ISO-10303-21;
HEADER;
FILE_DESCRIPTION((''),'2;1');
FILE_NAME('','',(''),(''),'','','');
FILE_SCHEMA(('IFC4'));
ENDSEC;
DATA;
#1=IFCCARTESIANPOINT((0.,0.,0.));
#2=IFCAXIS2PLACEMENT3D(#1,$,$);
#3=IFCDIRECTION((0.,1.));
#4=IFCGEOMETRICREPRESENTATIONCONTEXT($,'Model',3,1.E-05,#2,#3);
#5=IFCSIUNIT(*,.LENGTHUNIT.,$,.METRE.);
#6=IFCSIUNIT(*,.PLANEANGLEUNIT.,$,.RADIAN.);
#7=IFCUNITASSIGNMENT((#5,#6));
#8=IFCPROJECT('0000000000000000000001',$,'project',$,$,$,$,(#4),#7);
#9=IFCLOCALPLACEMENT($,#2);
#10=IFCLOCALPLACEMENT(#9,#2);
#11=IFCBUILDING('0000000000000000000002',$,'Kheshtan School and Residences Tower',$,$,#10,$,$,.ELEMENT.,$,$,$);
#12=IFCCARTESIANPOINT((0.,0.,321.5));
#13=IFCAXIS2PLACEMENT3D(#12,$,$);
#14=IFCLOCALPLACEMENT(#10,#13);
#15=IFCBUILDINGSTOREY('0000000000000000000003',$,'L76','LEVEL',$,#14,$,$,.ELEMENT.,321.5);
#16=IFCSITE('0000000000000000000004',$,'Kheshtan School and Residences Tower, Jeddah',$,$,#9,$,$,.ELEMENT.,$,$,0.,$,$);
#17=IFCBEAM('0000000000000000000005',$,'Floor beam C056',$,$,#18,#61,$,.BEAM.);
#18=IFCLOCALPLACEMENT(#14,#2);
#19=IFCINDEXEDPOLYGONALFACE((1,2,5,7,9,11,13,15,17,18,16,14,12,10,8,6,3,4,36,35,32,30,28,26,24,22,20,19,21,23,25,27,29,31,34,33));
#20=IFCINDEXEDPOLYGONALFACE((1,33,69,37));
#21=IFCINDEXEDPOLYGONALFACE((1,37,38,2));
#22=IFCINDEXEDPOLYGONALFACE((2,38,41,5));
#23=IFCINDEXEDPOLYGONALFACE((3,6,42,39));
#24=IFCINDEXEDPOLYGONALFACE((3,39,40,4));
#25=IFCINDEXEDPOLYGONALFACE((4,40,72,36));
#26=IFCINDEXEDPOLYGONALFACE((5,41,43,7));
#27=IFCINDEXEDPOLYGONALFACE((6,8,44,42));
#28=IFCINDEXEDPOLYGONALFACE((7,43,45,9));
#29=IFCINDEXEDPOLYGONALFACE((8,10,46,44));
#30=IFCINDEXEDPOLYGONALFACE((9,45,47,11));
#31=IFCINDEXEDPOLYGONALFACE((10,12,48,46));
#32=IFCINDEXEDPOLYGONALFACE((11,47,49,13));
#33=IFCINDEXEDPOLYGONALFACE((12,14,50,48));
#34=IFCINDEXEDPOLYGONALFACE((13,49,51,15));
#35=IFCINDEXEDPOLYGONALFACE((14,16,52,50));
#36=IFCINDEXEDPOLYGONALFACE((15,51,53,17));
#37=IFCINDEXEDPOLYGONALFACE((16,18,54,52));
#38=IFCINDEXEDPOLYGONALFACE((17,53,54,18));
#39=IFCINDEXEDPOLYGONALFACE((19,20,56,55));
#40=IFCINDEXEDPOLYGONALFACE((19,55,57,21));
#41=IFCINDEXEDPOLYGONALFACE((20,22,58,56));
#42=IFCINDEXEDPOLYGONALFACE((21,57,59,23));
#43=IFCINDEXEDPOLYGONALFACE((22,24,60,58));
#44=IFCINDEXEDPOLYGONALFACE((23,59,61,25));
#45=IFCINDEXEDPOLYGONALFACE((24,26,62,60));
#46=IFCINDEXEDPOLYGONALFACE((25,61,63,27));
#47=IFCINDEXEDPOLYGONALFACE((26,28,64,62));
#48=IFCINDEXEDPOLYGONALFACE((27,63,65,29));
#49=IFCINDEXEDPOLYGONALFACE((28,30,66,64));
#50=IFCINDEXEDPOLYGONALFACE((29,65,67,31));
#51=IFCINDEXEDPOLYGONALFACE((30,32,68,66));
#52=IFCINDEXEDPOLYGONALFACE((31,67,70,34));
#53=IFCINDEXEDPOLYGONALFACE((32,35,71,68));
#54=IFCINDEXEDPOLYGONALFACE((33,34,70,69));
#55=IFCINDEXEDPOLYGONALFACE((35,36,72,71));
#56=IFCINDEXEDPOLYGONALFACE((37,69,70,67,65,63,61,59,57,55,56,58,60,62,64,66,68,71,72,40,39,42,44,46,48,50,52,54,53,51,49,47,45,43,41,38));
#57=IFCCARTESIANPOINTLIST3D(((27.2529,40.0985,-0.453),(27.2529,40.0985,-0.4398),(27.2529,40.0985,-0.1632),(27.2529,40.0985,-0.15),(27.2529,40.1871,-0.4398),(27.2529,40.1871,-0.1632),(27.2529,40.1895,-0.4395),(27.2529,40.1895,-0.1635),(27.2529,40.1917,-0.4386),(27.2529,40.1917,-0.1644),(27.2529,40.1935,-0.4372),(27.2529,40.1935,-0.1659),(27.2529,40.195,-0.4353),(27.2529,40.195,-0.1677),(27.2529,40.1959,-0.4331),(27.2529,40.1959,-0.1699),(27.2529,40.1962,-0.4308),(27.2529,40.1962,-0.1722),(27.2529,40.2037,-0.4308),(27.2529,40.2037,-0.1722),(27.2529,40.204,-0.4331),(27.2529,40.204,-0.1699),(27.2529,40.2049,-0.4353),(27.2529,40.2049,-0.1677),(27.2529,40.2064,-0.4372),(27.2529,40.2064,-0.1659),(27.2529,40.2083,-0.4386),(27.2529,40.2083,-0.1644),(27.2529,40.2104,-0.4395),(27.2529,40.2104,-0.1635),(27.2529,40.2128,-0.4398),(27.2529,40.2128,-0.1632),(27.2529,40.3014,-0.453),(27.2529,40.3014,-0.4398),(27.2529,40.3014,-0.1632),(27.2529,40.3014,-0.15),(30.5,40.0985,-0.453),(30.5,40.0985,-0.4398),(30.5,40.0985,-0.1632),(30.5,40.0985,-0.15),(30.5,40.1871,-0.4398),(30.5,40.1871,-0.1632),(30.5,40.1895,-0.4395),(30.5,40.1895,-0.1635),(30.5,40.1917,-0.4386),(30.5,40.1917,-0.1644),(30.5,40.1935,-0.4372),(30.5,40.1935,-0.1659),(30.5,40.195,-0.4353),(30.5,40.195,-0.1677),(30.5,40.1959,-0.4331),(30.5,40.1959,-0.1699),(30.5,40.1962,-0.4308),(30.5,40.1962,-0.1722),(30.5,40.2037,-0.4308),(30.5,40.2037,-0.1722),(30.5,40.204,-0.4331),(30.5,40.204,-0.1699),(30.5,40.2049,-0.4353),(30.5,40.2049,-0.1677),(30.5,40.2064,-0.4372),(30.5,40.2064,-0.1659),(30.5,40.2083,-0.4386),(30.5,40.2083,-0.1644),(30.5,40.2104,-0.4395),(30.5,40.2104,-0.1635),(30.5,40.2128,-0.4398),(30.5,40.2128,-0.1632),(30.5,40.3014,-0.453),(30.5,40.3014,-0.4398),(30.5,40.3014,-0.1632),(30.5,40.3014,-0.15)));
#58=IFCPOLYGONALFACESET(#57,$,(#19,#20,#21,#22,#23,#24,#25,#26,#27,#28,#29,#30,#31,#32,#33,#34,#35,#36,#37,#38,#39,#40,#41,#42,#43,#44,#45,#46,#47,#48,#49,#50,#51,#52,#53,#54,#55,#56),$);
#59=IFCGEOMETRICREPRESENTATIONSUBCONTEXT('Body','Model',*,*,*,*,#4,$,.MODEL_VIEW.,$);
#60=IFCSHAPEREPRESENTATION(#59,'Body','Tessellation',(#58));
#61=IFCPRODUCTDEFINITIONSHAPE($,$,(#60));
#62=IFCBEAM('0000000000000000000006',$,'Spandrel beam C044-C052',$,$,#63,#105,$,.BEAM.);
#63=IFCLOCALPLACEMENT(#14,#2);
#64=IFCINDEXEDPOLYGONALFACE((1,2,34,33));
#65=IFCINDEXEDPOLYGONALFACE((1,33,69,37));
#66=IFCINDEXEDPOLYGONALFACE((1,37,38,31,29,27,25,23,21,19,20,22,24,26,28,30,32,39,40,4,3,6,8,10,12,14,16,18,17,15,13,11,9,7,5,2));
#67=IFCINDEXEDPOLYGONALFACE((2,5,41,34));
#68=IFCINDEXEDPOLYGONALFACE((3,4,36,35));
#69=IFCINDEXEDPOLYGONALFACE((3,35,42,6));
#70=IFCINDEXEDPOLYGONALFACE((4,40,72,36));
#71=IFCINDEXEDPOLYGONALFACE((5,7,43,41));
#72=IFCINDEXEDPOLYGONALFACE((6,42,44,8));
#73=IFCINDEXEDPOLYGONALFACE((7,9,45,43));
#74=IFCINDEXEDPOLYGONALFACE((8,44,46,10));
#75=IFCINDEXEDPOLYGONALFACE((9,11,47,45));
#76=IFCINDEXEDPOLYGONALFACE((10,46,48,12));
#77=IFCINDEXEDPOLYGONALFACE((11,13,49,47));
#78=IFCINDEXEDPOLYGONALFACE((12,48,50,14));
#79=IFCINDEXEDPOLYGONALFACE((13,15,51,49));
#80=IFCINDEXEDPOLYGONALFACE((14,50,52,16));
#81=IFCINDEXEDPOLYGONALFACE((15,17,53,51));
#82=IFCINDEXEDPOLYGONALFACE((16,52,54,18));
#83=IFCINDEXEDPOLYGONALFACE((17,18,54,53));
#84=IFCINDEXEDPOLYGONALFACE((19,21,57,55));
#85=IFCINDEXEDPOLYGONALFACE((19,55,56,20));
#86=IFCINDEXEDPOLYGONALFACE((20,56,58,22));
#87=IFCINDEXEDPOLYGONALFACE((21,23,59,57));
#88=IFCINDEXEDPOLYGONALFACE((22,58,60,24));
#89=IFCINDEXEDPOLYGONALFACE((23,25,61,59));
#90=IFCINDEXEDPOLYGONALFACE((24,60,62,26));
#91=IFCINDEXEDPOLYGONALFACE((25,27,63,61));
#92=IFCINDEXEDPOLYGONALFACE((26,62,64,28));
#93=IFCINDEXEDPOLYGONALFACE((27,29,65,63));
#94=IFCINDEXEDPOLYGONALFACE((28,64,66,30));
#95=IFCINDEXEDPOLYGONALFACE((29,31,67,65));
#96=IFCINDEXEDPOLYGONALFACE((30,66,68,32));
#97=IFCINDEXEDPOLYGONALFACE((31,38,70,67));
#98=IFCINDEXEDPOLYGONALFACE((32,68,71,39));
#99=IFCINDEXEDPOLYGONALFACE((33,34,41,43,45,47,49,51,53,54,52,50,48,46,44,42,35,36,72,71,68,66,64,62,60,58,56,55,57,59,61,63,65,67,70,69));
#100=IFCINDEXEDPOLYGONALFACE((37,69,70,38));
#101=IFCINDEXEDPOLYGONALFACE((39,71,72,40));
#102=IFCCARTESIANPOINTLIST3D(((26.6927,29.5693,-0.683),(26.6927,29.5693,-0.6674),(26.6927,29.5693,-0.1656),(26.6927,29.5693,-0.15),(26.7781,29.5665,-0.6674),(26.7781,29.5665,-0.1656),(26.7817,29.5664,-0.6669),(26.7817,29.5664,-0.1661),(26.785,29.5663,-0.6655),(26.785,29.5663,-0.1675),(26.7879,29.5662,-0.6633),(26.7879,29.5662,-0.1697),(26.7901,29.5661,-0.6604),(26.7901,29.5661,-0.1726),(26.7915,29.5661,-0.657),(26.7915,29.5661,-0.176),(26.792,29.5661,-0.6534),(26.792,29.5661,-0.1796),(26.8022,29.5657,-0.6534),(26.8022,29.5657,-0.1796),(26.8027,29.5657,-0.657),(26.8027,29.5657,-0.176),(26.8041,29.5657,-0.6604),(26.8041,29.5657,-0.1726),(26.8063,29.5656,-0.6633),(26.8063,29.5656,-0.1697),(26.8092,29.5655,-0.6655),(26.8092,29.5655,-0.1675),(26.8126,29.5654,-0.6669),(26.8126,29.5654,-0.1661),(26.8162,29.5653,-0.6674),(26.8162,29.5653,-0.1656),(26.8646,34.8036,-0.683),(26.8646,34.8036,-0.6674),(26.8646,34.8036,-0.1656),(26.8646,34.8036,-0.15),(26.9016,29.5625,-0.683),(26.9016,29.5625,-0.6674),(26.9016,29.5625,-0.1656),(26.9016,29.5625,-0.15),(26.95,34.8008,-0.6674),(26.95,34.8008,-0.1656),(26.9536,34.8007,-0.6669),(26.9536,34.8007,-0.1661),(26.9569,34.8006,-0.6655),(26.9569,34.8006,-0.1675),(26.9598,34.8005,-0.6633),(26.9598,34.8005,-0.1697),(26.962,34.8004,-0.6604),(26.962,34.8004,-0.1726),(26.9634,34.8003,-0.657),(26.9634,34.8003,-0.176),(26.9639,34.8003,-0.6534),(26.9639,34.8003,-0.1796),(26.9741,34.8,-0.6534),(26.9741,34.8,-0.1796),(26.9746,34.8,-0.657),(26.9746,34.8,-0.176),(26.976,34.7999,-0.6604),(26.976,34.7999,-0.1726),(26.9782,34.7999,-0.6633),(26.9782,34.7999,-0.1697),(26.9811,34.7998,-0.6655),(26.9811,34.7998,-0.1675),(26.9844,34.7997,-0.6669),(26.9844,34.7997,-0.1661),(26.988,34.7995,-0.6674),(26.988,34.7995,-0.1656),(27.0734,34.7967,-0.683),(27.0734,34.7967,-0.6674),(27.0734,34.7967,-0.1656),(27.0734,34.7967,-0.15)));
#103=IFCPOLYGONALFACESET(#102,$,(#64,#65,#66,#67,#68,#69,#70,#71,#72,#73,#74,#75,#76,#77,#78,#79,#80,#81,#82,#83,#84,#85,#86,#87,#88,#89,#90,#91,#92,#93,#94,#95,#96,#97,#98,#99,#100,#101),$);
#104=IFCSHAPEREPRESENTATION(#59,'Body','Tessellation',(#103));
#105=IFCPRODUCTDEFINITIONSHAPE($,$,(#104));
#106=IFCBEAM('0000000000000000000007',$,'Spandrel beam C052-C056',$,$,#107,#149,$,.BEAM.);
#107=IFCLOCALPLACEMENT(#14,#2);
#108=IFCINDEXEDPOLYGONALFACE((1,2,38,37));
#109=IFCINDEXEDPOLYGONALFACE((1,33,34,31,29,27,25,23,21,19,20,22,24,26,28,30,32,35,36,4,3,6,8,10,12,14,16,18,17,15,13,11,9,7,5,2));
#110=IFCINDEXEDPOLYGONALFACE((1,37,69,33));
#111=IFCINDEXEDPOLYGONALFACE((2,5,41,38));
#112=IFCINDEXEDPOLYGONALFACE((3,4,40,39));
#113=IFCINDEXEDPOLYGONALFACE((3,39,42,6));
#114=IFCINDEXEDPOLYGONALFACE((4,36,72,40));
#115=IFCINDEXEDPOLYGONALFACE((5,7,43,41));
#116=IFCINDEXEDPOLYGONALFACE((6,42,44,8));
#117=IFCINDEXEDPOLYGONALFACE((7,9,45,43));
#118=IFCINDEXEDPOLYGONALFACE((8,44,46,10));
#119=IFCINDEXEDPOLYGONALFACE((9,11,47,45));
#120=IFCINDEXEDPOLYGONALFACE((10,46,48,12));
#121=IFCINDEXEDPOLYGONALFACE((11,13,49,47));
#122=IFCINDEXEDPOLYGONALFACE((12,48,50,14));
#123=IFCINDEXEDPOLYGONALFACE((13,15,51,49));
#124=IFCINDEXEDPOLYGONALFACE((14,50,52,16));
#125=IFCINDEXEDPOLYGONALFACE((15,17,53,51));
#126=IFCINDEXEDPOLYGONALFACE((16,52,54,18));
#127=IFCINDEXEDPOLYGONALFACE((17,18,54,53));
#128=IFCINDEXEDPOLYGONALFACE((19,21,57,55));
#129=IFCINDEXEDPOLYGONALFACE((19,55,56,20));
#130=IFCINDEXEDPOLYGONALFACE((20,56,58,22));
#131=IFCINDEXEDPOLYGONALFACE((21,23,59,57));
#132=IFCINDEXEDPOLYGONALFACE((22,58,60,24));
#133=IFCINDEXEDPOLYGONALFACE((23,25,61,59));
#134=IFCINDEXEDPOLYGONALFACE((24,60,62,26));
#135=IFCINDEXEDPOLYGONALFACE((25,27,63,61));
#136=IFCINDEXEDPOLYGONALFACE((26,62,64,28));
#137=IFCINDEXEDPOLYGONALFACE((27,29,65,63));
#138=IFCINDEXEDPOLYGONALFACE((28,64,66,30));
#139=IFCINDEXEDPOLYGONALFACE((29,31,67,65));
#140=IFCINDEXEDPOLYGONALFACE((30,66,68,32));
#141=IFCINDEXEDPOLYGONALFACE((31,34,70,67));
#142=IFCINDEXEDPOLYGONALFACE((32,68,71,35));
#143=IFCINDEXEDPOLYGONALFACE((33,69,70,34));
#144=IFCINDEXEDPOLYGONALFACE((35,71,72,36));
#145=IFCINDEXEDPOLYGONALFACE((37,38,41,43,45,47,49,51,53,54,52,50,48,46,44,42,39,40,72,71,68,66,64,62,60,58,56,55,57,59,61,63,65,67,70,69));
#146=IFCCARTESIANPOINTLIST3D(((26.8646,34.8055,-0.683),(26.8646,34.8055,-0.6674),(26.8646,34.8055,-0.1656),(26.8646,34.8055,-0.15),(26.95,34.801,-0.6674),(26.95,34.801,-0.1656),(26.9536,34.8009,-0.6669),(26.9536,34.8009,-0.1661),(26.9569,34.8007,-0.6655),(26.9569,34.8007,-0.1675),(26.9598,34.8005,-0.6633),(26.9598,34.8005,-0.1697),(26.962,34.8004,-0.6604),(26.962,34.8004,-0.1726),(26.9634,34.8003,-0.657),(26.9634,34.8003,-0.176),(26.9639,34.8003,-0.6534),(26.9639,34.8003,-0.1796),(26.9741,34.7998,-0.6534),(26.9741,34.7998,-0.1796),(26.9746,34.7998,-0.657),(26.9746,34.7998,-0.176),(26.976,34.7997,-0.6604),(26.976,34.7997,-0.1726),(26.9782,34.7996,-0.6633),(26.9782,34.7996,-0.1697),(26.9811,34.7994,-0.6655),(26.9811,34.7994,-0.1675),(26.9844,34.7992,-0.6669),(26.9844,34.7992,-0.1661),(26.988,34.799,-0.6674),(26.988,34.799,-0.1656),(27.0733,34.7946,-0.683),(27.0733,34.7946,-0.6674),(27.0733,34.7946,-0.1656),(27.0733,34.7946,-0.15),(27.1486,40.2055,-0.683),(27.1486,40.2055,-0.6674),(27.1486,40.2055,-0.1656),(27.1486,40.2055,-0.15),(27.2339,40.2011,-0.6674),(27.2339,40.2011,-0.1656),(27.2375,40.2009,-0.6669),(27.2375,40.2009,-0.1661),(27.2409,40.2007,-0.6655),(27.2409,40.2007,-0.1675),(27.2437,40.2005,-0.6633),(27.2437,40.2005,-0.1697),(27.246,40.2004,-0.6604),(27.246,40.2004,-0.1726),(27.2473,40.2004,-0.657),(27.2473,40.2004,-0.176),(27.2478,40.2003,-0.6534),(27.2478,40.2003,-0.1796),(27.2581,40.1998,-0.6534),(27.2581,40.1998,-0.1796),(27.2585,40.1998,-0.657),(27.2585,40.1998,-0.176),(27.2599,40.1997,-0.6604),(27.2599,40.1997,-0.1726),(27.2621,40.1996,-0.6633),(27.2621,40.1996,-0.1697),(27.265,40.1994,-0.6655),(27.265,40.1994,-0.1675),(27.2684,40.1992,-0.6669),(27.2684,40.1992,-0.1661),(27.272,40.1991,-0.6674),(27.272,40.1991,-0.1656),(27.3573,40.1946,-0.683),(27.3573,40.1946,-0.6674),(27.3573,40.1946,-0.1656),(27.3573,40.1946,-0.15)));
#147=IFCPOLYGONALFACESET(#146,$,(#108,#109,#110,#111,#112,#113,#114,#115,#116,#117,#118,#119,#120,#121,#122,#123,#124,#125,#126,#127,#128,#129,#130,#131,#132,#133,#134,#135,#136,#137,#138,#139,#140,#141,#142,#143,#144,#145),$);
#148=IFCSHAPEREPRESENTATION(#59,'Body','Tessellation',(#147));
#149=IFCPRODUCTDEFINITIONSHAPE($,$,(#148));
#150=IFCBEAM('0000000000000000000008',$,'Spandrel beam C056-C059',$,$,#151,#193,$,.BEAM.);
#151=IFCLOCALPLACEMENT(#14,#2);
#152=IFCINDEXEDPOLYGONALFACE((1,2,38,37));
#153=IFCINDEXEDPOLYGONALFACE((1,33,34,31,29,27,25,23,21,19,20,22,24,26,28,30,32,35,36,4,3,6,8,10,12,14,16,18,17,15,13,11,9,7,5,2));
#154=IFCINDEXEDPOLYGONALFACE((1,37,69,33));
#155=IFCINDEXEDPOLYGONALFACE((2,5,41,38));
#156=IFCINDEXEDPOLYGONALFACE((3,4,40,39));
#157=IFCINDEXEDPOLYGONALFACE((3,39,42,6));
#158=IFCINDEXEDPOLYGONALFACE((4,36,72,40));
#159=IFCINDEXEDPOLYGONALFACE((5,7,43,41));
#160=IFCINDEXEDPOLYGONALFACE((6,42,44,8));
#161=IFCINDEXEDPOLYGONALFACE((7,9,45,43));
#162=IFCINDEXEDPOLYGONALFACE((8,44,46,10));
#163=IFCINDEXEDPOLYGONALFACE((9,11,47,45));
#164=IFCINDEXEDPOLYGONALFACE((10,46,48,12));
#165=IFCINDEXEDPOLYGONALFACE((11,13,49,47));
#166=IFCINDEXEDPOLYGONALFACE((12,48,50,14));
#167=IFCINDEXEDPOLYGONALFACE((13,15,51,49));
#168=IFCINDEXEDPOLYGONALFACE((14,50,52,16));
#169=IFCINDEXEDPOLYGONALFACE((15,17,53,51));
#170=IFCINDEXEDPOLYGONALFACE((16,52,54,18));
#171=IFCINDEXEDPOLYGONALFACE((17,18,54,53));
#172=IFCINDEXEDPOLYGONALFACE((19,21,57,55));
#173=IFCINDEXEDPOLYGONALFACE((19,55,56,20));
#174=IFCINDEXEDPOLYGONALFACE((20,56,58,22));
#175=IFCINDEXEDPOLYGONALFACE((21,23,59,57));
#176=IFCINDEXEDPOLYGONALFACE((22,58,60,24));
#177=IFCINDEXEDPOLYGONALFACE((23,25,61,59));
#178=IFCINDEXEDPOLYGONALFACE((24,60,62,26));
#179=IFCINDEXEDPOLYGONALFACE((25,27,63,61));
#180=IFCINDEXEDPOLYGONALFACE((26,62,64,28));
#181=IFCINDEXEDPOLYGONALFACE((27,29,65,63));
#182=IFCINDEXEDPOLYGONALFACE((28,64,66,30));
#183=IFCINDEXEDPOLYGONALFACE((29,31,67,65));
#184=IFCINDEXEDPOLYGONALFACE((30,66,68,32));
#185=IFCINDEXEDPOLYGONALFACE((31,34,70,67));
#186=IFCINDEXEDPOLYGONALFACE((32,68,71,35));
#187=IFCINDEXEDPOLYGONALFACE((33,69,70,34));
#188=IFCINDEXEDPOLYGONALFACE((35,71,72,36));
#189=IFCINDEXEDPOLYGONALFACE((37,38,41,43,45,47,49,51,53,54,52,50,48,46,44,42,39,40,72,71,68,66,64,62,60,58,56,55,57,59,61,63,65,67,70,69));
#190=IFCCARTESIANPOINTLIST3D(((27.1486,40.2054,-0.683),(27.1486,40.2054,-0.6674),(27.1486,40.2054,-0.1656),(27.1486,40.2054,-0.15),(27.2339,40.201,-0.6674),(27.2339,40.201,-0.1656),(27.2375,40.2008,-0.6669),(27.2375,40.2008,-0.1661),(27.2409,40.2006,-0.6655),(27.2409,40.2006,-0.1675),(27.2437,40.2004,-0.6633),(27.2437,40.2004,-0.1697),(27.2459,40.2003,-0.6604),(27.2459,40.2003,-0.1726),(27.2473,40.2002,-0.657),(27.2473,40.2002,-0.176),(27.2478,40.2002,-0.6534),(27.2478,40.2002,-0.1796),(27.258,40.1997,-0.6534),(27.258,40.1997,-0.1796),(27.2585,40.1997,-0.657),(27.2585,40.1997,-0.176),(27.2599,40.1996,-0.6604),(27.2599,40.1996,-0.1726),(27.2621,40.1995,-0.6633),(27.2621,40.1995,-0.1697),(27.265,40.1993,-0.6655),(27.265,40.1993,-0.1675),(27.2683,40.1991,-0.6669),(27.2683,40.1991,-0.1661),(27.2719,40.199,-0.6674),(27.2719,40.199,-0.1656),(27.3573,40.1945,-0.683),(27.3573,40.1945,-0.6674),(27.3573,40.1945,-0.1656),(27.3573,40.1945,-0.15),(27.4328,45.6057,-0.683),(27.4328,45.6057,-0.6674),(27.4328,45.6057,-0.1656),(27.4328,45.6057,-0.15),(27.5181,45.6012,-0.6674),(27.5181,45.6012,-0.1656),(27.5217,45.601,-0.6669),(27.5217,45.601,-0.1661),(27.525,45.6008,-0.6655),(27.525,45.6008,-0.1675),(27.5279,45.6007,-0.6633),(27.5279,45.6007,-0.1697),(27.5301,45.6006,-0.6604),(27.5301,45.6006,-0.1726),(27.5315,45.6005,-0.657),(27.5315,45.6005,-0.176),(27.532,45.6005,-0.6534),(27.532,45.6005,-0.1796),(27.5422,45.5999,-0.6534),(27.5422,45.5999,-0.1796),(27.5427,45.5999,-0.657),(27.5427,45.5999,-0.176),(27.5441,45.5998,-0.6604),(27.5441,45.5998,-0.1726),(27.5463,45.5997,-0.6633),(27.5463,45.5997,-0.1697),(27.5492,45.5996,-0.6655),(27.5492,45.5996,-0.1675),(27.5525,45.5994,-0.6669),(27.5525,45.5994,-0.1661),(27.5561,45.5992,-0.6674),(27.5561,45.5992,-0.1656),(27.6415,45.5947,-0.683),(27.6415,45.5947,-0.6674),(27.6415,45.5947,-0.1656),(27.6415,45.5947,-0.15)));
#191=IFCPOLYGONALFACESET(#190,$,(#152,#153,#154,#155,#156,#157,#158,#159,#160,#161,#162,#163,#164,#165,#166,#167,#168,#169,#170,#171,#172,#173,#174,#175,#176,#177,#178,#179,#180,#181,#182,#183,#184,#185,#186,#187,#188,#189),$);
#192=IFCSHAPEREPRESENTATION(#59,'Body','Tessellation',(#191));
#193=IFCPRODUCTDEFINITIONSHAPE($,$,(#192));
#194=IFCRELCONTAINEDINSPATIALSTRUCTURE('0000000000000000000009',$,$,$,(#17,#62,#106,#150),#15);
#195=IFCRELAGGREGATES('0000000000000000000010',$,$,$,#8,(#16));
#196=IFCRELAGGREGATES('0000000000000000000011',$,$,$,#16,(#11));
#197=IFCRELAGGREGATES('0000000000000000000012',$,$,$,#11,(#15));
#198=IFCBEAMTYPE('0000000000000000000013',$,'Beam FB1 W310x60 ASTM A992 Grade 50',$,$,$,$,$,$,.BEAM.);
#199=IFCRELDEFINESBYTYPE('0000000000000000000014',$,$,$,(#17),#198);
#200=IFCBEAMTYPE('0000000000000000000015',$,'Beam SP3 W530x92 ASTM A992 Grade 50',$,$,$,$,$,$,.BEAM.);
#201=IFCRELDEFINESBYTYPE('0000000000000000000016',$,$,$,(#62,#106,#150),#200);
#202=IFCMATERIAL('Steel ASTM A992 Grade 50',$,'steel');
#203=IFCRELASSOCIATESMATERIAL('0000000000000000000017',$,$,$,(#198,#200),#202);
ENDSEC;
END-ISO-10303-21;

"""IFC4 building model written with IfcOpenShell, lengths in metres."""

from ifc_helpers import new_model, si_unit, direction, frame, origin, origin_2d, place, context, subcontext, project, spatial, i_section, extrude, material, material_profile, profile_set, type_object, element, save


model = new_model("IFC4")

# Units and contexts
model_context = context("Model", 3, precision=1e-05, world=origin(), true_north=direction((0.0, 1.0)))
body_context = subcontext(model_context, "Body", "Model", "MODEL_VIEW")
ifc_project = project(units=[si_unit("LENGTHUNIT", "METRE"), si_unit("PLANEANGLEUNIT", "RADIAN")], contexts=[model_context])

# Site, building, storey
site_placement = place(None, origin())
site = spatial("IfcSite", under=ifc_project, at=site_placement, Name="Kheshtan School and Residences Tower, Jeddah", CompositionType="ELEMENT", RefElevation=0.0)
building_placement = place(site_placement, origin())
building = spatial("IfcBuilding", under=site, at=building_placement, Name="Kheshtan School and Residences Tower", CompositionType="ELEMENT")
storey_placement = place(building_placement, frame((0.0, 0.0, 321.5)))
storey = spatial("IfcBuildingStorey", under=building, at=storey_placement, Name="L76", Description="LEVEL", CompositionType="ELEMENT", Elevation=321.5)

# Shared definitions
ifc_material_1 = material(Name="Steel ASTM A992 Grade 50", Category="steel")

# Beams
ifc_material_profile_1 = material_profile(ifc_material_1, i_section(OverallWidth=0.2029, OverallDepth=0.303, WebThickness=0.0076, FlangeThickness=0.0132, FilletRadius=0.009, at=origin_2d()), Name="W310x60")
ifc_profile_set_1 = profile_set([ifc_material_profile_1], Name="Steel ASTM A992 Grade 50")
beam_type_1 = type_object("IfcBeamType", Name="Beam FB1 W310x60 ASTM A992 Grade 50", PredefinedType="BEAM", material=ifc_profile_set_1)
beam_1_placement = place(storey_placement, frame((27.2529, 40.2, -0.3015), z_axis=(1.0, 0.0, 0.0), x_axis=(0.0, 1.0, 0.0)))
element("IfcBeam", 1, at=beam_1_placement, inside=storey, type_object=beam_type_1, Name="Floor beam C056", PredefinedType="BEAM", context=body_context, shape_type="SweptSolid", body=[
    extrude(i_section(OverallWidth=0.2029, OverallDepth=0.303, WebThickness=0.0076, FlangeThickness=0.0132, FilletRadius=0.009, at=origin_2d()), origin(), (0.0, 0.0, 1.0), 3.2471),
])
ifc_material_profile_2 = material_profile(ifc_material_1, i_section(OverallWidth=0.209, OverallDepth=0.533, WebThickness=0.0103, FlangeThickness=0.0156, FilletRadius=0.0139, at=origin_2d()), Name="W530x92")
ifc_profile_set_2 = profile_set([ifc_material_profile_2], Name="Steel ASTM A992 Grade 50")
beam_type_2 = type_object("IfcBeamType", Name="Beam SP3 W530x92 ASTM A992 Grade 50", PredefinedType="BEAM", material=ifc_profile_set_2)
beam_2_placement = place(storey_placement, frame((26.7971, 29.5659, -0.4165), z_axis=(0.03282, 0.999461, 0.0), x_axis=(-0.999461, 0.03282, 0.0)))
element("IfcBeam", 2, at=beam_2_placement, inside=storey, type_object=beam_type_2, Name="Spandrel beam C044-C052", PredefinedType="BEAM", context=body_context, shape_type="SweptSolid", body=[
    extrude(i_section(OverallWidth=0.209, OverallDepth=0.533, WebThickness=0.0103, FlangeThickness=0.0156, FilletRadius=0.0139, at=origin_2d()), origin(), (0.0, 0.0, 1.0), 5.2371),
])
beam_3_placement = place(storey_placement, frame((26.969, 34.8, -0.4165), z_axis=(0.052509, 0.99862, 0.0), x_axis=(-0.99862, 0.052509, 0.0)))
element("IfcBeam", 3, at=beam_3_placement, inside=storey, type_object=beam_type_2, Name="Spandrel beam C052-C056", PredefinedType="BEAM", context=body_context, shape_type="SweptSolid", body=[
    extrude(i_section(OverallWidth=0.209, OverallDepth=0.533, WebThickness=0.0103, FlangeThickness=0.0156, FilletRadius=0.0139, at=origin_2d()), origin(), (0.0, 0.0, 1.0), 5.4075),
])
beam_4_placement = place(storey_placement, frame((27.2529, 40.2, -0.4165), z_axis=(0.052552, 0.998618, 0.0), x_axis=(-0.998618, 0.052552, 0.0)))
element("IfcBeam", 4, at=beam_4_placement, inside=storey, type_object=beam_type_2, Name="Spandrel beam C056-C059", PredefinedType="BEAM", context=body_context, shape_type="SweptSolid", body=[
    extrude(i_section(OverallWidth=0.209, OverallDepth=0.533, WebThickness=0.0103, FlangeThickness=0.0156, FilletRadius=0.0139, at=origin_2d()), origin(), (0.0, 0.0, 1.0), 5.4077),
])

save(model, "model.ifc")
